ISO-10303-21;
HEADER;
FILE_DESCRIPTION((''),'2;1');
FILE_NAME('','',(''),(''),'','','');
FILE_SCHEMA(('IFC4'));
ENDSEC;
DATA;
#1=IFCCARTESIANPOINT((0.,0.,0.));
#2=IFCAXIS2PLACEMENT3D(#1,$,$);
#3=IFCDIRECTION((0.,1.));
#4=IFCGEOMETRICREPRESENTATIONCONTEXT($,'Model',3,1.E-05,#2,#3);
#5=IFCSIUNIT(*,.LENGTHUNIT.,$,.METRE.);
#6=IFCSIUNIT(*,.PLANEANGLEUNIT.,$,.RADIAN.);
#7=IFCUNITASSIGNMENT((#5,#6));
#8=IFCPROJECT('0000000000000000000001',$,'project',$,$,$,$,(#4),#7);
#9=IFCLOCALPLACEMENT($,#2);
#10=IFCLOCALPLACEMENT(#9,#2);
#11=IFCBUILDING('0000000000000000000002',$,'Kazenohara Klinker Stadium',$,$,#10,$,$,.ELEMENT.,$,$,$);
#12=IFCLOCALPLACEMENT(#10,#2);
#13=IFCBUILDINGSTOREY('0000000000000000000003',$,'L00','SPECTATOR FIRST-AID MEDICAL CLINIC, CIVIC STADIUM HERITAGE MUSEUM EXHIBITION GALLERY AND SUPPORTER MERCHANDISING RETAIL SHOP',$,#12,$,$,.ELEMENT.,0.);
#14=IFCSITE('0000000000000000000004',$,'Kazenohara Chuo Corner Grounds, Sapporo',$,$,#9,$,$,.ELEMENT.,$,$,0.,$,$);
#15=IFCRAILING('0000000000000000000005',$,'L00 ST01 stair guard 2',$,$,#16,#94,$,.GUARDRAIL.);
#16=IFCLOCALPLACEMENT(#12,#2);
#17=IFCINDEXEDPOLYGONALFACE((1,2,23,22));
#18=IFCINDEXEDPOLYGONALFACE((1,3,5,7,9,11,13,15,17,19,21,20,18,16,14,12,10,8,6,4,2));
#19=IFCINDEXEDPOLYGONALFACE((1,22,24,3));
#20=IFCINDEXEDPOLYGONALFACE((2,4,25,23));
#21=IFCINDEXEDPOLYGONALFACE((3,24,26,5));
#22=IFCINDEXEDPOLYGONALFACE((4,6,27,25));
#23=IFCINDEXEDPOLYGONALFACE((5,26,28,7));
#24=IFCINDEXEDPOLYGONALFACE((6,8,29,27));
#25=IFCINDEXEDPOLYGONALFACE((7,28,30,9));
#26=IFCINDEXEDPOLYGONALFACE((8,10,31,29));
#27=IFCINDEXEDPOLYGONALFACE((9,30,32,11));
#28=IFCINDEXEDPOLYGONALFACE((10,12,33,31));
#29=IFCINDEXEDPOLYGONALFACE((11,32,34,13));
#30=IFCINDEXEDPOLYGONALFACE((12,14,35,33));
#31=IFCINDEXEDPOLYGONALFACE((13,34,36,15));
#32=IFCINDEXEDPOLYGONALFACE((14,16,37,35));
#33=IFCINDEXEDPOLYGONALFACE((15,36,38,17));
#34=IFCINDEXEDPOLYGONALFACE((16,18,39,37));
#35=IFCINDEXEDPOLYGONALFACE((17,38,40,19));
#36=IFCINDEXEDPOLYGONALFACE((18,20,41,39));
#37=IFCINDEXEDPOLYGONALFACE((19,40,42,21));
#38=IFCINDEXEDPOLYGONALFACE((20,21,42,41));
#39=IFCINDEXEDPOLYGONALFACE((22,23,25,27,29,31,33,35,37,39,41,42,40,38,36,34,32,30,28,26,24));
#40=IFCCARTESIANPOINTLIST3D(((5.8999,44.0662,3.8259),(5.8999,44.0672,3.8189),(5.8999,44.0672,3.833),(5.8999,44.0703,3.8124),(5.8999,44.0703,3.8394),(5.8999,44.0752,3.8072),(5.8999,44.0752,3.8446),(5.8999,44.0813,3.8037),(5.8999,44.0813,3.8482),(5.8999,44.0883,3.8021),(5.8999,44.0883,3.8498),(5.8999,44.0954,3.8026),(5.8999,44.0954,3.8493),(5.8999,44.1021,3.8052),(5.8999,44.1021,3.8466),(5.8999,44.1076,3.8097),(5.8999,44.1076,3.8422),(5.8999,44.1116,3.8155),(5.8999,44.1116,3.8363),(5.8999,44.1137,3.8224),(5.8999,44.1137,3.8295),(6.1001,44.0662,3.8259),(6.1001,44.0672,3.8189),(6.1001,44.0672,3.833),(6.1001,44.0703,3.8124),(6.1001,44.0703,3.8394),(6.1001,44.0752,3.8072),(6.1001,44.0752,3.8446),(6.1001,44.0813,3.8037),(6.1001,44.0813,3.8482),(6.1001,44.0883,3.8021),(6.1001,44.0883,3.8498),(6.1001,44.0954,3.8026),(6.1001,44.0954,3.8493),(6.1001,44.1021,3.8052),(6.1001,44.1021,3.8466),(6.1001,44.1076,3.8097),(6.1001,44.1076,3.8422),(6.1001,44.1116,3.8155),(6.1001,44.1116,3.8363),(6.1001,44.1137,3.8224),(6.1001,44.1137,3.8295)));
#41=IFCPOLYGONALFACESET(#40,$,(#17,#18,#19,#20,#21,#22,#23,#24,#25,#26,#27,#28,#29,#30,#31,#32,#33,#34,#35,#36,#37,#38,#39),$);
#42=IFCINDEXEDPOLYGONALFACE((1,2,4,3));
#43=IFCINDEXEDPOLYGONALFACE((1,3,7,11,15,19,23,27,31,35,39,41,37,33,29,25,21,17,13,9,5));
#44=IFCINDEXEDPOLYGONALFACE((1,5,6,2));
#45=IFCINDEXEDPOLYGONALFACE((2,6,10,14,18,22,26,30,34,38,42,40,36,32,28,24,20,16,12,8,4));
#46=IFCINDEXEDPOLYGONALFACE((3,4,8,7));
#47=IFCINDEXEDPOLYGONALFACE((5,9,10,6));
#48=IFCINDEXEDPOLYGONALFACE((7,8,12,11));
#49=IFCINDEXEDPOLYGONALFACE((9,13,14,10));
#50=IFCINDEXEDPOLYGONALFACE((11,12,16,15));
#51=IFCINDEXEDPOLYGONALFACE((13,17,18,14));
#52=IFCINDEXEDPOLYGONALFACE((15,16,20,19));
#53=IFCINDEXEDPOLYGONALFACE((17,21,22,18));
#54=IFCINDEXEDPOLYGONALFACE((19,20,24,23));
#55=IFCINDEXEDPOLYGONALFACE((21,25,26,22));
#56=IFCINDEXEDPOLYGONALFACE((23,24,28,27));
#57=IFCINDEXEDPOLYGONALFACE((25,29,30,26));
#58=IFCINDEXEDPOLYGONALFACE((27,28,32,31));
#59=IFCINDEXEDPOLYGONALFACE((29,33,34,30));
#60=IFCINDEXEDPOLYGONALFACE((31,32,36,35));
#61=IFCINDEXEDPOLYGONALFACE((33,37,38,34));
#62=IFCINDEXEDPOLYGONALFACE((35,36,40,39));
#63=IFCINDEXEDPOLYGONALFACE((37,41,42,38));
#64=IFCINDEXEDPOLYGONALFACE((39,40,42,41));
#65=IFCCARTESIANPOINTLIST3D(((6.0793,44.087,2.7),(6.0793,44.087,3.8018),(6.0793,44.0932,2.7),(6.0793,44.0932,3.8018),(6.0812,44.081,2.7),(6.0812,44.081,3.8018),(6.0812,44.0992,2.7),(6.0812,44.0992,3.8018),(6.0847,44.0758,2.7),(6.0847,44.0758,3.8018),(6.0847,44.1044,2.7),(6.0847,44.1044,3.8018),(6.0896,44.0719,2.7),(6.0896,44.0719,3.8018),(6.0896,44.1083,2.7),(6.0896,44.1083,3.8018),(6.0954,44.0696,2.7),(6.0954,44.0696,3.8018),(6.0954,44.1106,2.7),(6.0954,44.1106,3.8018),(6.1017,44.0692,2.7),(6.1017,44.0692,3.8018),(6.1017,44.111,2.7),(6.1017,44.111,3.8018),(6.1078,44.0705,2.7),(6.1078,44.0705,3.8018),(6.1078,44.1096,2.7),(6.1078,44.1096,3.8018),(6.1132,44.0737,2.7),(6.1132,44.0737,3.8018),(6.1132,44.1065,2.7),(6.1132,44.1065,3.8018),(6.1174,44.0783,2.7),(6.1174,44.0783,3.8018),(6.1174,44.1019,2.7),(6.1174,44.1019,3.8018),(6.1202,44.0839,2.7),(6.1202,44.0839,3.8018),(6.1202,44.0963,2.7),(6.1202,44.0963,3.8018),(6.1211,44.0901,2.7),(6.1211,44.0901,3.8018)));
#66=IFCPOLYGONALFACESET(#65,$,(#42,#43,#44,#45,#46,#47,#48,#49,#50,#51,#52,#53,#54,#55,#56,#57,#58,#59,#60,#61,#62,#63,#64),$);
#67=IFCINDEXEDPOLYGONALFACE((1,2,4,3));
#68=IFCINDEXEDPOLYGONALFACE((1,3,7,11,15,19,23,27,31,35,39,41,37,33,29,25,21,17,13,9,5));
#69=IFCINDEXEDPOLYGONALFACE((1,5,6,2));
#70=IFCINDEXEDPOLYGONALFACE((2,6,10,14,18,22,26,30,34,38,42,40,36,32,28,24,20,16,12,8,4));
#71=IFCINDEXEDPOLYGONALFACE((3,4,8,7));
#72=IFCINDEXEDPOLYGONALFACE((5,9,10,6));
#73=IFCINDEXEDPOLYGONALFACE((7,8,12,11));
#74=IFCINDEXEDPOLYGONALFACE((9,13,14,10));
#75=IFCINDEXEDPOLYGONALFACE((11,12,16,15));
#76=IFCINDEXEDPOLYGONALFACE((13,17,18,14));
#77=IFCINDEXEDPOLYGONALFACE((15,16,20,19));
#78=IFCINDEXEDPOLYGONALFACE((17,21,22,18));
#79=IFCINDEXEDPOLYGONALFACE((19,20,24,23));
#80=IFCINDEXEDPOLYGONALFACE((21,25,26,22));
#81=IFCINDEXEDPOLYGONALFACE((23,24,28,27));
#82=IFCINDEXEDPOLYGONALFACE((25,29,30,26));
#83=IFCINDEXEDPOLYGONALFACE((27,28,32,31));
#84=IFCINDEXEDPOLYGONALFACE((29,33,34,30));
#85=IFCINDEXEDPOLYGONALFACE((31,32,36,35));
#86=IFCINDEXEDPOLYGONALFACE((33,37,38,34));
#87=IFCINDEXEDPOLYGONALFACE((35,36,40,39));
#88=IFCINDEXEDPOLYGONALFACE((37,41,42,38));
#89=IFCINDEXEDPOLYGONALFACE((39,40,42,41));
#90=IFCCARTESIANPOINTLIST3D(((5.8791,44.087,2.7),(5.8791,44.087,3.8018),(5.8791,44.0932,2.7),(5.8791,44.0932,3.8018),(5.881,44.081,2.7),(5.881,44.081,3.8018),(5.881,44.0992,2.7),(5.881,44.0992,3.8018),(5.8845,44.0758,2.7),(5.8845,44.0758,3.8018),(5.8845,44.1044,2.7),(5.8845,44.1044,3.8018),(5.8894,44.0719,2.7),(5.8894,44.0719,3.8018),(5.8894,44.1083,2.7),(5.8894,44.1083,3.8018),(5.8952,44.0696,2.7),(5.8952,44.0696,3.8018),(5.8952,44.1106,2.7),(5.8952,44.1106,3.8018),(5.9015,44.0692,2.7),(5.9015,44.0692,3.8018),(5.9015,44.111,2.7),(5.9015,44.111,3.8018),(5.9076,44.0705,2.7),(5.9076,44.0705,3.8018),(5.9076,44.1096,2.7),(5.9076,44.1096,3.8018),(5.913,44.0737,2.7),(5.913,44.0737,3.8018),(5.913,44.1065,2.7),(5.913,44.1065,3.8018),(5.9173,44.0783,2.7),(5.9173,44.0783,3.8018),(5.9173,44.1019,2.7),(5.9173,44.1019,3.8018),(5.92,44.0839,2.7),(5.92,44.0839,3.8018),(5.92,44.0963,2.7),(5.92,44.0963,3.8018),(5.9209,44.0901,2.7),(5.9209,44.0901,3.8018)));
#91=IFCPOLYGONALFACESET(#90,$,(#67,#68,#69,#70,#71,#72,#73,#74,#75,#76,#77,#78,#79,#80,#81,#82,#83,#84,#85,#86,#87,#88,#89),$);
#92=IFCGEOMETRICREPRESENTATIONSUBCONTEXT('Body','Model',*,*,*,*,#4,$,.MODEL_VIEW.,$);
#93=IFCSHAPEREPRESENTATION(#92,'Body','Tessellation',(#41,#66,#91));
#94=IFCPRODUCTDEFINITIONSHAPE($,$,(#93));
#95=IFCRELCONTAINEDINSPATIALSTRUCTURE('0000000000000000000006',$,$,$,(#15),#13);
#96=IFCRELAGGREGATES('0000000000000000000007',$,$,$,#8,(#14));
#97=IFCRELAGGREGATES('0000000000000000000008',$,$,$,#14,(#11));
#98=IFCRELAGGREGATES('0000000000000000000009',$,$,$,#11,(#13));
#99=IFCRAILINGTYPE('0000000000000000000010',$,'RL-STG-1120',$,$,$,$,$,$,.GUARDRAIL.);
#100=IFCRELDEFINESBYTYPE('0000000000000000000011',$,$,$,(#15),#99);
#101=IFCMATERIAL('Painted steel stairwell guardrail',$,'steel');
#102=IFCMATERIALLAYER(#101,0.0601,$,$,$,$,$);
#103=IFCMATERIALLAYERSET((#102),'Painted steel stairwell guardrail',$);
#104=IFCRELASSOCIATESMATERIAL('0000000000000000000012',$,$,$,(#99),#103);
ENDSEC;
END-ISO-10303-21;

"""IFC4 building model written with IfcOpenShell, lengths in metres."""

from ifc_helpers import new_model, si_unit, direction, frame, origin, origin_2d, place, context, subcontext, project, spatial, circle, extrude, material, layer, layer_set, type_object, element, save


model = new_model("IFC4")

# Units and contexts
model_context = context("Model", 3, precision=1e-05, world=origin(), true_north=direction((0.0, 1.0)))
body_context = subcontext(model_context, "Body", "Model", "MODEL_VIEW")
ifc_project = project(units=[si_unit("LENGTHUNIT", "METRE"), si_unit("PLANEANGLEUNIT", "RADIAN")], contexts=[model_context])

# Site, building, storey
site_placement = place(None, origin())
site = spatial("IfcSite", under=ifc_project, at=site_placement, Name="Kazenohara Chuo Corner Grounds, Sapporo", CompositionType="ELEMENT", RefElevation=0.0)
building_placement = place(site_placement, origin())
building = spatial("IfcBuilding", under=site, at=building_placement, Name="Kazenohara Klinker Stadium", CompositionType="ELEMENT")
storey_placement = place(building_placement, origin())
storey = spatial("IfcBuildingStorey", under=building, at=storey_placement, Name="L00", Description="SPECTATOR FIRST-AID MEDICAL CLINIC, CIVIC STADIUM HERITAGE MUSEUM EXHIBITION GALLERY AND SUPPORTER MERCHANDISING RETAIL SHOP", CompositionType="ELEMENT", Elevation=0.0)

# Railing
ifc_material_1 = material(Name="Painted steel stairwell guardrail", Category="steel")
ifc_layer_1 = layer(ifc_material_1, 0.0601)
ifc_layer_set_1 = layer_set([ifc_layer_1], Name="Painted steel stairwell guardrail")
railing_type_1 = type_object("IfcRailingType", Name="RL-STG-1120", PredefinedType="GUARDRAIL", material=ifc_layer_set_1)
railing_1_placement = place(storey_placement, frame((6.1001, 44.0901, 2.7)))
element("IfcRailing", 1, at=railing_1_placement, inside=storey, type_object=railing_type_1, Name="L00 ST01 stair guard 2", PredefinedType="GUARDRAIL", context=body_context, shape_type="SweptSolid", body=[
    extrude(circle(Radius=0.0239, at=origin_2d()), frame((0.0, 0.0, 1.126), z_axis=(-1.0, 0.0, 0.0), x_axis=(0.0, -1.0, 0.0)), (0.0, 0.0, 1.0), 0.2002),
    extrude(circle(Radius=0.021, at=origin_2d()), origin(), (0.0, 0.0, 1.0), 1.1018),
    extrude(circle(Radius=0.021, at=origin_2d()), frame((-0.2002, 0.0, 0.0)), (0.0, 0.0, 1.0), 1.1018),
])

save(model, "model.ifc")
